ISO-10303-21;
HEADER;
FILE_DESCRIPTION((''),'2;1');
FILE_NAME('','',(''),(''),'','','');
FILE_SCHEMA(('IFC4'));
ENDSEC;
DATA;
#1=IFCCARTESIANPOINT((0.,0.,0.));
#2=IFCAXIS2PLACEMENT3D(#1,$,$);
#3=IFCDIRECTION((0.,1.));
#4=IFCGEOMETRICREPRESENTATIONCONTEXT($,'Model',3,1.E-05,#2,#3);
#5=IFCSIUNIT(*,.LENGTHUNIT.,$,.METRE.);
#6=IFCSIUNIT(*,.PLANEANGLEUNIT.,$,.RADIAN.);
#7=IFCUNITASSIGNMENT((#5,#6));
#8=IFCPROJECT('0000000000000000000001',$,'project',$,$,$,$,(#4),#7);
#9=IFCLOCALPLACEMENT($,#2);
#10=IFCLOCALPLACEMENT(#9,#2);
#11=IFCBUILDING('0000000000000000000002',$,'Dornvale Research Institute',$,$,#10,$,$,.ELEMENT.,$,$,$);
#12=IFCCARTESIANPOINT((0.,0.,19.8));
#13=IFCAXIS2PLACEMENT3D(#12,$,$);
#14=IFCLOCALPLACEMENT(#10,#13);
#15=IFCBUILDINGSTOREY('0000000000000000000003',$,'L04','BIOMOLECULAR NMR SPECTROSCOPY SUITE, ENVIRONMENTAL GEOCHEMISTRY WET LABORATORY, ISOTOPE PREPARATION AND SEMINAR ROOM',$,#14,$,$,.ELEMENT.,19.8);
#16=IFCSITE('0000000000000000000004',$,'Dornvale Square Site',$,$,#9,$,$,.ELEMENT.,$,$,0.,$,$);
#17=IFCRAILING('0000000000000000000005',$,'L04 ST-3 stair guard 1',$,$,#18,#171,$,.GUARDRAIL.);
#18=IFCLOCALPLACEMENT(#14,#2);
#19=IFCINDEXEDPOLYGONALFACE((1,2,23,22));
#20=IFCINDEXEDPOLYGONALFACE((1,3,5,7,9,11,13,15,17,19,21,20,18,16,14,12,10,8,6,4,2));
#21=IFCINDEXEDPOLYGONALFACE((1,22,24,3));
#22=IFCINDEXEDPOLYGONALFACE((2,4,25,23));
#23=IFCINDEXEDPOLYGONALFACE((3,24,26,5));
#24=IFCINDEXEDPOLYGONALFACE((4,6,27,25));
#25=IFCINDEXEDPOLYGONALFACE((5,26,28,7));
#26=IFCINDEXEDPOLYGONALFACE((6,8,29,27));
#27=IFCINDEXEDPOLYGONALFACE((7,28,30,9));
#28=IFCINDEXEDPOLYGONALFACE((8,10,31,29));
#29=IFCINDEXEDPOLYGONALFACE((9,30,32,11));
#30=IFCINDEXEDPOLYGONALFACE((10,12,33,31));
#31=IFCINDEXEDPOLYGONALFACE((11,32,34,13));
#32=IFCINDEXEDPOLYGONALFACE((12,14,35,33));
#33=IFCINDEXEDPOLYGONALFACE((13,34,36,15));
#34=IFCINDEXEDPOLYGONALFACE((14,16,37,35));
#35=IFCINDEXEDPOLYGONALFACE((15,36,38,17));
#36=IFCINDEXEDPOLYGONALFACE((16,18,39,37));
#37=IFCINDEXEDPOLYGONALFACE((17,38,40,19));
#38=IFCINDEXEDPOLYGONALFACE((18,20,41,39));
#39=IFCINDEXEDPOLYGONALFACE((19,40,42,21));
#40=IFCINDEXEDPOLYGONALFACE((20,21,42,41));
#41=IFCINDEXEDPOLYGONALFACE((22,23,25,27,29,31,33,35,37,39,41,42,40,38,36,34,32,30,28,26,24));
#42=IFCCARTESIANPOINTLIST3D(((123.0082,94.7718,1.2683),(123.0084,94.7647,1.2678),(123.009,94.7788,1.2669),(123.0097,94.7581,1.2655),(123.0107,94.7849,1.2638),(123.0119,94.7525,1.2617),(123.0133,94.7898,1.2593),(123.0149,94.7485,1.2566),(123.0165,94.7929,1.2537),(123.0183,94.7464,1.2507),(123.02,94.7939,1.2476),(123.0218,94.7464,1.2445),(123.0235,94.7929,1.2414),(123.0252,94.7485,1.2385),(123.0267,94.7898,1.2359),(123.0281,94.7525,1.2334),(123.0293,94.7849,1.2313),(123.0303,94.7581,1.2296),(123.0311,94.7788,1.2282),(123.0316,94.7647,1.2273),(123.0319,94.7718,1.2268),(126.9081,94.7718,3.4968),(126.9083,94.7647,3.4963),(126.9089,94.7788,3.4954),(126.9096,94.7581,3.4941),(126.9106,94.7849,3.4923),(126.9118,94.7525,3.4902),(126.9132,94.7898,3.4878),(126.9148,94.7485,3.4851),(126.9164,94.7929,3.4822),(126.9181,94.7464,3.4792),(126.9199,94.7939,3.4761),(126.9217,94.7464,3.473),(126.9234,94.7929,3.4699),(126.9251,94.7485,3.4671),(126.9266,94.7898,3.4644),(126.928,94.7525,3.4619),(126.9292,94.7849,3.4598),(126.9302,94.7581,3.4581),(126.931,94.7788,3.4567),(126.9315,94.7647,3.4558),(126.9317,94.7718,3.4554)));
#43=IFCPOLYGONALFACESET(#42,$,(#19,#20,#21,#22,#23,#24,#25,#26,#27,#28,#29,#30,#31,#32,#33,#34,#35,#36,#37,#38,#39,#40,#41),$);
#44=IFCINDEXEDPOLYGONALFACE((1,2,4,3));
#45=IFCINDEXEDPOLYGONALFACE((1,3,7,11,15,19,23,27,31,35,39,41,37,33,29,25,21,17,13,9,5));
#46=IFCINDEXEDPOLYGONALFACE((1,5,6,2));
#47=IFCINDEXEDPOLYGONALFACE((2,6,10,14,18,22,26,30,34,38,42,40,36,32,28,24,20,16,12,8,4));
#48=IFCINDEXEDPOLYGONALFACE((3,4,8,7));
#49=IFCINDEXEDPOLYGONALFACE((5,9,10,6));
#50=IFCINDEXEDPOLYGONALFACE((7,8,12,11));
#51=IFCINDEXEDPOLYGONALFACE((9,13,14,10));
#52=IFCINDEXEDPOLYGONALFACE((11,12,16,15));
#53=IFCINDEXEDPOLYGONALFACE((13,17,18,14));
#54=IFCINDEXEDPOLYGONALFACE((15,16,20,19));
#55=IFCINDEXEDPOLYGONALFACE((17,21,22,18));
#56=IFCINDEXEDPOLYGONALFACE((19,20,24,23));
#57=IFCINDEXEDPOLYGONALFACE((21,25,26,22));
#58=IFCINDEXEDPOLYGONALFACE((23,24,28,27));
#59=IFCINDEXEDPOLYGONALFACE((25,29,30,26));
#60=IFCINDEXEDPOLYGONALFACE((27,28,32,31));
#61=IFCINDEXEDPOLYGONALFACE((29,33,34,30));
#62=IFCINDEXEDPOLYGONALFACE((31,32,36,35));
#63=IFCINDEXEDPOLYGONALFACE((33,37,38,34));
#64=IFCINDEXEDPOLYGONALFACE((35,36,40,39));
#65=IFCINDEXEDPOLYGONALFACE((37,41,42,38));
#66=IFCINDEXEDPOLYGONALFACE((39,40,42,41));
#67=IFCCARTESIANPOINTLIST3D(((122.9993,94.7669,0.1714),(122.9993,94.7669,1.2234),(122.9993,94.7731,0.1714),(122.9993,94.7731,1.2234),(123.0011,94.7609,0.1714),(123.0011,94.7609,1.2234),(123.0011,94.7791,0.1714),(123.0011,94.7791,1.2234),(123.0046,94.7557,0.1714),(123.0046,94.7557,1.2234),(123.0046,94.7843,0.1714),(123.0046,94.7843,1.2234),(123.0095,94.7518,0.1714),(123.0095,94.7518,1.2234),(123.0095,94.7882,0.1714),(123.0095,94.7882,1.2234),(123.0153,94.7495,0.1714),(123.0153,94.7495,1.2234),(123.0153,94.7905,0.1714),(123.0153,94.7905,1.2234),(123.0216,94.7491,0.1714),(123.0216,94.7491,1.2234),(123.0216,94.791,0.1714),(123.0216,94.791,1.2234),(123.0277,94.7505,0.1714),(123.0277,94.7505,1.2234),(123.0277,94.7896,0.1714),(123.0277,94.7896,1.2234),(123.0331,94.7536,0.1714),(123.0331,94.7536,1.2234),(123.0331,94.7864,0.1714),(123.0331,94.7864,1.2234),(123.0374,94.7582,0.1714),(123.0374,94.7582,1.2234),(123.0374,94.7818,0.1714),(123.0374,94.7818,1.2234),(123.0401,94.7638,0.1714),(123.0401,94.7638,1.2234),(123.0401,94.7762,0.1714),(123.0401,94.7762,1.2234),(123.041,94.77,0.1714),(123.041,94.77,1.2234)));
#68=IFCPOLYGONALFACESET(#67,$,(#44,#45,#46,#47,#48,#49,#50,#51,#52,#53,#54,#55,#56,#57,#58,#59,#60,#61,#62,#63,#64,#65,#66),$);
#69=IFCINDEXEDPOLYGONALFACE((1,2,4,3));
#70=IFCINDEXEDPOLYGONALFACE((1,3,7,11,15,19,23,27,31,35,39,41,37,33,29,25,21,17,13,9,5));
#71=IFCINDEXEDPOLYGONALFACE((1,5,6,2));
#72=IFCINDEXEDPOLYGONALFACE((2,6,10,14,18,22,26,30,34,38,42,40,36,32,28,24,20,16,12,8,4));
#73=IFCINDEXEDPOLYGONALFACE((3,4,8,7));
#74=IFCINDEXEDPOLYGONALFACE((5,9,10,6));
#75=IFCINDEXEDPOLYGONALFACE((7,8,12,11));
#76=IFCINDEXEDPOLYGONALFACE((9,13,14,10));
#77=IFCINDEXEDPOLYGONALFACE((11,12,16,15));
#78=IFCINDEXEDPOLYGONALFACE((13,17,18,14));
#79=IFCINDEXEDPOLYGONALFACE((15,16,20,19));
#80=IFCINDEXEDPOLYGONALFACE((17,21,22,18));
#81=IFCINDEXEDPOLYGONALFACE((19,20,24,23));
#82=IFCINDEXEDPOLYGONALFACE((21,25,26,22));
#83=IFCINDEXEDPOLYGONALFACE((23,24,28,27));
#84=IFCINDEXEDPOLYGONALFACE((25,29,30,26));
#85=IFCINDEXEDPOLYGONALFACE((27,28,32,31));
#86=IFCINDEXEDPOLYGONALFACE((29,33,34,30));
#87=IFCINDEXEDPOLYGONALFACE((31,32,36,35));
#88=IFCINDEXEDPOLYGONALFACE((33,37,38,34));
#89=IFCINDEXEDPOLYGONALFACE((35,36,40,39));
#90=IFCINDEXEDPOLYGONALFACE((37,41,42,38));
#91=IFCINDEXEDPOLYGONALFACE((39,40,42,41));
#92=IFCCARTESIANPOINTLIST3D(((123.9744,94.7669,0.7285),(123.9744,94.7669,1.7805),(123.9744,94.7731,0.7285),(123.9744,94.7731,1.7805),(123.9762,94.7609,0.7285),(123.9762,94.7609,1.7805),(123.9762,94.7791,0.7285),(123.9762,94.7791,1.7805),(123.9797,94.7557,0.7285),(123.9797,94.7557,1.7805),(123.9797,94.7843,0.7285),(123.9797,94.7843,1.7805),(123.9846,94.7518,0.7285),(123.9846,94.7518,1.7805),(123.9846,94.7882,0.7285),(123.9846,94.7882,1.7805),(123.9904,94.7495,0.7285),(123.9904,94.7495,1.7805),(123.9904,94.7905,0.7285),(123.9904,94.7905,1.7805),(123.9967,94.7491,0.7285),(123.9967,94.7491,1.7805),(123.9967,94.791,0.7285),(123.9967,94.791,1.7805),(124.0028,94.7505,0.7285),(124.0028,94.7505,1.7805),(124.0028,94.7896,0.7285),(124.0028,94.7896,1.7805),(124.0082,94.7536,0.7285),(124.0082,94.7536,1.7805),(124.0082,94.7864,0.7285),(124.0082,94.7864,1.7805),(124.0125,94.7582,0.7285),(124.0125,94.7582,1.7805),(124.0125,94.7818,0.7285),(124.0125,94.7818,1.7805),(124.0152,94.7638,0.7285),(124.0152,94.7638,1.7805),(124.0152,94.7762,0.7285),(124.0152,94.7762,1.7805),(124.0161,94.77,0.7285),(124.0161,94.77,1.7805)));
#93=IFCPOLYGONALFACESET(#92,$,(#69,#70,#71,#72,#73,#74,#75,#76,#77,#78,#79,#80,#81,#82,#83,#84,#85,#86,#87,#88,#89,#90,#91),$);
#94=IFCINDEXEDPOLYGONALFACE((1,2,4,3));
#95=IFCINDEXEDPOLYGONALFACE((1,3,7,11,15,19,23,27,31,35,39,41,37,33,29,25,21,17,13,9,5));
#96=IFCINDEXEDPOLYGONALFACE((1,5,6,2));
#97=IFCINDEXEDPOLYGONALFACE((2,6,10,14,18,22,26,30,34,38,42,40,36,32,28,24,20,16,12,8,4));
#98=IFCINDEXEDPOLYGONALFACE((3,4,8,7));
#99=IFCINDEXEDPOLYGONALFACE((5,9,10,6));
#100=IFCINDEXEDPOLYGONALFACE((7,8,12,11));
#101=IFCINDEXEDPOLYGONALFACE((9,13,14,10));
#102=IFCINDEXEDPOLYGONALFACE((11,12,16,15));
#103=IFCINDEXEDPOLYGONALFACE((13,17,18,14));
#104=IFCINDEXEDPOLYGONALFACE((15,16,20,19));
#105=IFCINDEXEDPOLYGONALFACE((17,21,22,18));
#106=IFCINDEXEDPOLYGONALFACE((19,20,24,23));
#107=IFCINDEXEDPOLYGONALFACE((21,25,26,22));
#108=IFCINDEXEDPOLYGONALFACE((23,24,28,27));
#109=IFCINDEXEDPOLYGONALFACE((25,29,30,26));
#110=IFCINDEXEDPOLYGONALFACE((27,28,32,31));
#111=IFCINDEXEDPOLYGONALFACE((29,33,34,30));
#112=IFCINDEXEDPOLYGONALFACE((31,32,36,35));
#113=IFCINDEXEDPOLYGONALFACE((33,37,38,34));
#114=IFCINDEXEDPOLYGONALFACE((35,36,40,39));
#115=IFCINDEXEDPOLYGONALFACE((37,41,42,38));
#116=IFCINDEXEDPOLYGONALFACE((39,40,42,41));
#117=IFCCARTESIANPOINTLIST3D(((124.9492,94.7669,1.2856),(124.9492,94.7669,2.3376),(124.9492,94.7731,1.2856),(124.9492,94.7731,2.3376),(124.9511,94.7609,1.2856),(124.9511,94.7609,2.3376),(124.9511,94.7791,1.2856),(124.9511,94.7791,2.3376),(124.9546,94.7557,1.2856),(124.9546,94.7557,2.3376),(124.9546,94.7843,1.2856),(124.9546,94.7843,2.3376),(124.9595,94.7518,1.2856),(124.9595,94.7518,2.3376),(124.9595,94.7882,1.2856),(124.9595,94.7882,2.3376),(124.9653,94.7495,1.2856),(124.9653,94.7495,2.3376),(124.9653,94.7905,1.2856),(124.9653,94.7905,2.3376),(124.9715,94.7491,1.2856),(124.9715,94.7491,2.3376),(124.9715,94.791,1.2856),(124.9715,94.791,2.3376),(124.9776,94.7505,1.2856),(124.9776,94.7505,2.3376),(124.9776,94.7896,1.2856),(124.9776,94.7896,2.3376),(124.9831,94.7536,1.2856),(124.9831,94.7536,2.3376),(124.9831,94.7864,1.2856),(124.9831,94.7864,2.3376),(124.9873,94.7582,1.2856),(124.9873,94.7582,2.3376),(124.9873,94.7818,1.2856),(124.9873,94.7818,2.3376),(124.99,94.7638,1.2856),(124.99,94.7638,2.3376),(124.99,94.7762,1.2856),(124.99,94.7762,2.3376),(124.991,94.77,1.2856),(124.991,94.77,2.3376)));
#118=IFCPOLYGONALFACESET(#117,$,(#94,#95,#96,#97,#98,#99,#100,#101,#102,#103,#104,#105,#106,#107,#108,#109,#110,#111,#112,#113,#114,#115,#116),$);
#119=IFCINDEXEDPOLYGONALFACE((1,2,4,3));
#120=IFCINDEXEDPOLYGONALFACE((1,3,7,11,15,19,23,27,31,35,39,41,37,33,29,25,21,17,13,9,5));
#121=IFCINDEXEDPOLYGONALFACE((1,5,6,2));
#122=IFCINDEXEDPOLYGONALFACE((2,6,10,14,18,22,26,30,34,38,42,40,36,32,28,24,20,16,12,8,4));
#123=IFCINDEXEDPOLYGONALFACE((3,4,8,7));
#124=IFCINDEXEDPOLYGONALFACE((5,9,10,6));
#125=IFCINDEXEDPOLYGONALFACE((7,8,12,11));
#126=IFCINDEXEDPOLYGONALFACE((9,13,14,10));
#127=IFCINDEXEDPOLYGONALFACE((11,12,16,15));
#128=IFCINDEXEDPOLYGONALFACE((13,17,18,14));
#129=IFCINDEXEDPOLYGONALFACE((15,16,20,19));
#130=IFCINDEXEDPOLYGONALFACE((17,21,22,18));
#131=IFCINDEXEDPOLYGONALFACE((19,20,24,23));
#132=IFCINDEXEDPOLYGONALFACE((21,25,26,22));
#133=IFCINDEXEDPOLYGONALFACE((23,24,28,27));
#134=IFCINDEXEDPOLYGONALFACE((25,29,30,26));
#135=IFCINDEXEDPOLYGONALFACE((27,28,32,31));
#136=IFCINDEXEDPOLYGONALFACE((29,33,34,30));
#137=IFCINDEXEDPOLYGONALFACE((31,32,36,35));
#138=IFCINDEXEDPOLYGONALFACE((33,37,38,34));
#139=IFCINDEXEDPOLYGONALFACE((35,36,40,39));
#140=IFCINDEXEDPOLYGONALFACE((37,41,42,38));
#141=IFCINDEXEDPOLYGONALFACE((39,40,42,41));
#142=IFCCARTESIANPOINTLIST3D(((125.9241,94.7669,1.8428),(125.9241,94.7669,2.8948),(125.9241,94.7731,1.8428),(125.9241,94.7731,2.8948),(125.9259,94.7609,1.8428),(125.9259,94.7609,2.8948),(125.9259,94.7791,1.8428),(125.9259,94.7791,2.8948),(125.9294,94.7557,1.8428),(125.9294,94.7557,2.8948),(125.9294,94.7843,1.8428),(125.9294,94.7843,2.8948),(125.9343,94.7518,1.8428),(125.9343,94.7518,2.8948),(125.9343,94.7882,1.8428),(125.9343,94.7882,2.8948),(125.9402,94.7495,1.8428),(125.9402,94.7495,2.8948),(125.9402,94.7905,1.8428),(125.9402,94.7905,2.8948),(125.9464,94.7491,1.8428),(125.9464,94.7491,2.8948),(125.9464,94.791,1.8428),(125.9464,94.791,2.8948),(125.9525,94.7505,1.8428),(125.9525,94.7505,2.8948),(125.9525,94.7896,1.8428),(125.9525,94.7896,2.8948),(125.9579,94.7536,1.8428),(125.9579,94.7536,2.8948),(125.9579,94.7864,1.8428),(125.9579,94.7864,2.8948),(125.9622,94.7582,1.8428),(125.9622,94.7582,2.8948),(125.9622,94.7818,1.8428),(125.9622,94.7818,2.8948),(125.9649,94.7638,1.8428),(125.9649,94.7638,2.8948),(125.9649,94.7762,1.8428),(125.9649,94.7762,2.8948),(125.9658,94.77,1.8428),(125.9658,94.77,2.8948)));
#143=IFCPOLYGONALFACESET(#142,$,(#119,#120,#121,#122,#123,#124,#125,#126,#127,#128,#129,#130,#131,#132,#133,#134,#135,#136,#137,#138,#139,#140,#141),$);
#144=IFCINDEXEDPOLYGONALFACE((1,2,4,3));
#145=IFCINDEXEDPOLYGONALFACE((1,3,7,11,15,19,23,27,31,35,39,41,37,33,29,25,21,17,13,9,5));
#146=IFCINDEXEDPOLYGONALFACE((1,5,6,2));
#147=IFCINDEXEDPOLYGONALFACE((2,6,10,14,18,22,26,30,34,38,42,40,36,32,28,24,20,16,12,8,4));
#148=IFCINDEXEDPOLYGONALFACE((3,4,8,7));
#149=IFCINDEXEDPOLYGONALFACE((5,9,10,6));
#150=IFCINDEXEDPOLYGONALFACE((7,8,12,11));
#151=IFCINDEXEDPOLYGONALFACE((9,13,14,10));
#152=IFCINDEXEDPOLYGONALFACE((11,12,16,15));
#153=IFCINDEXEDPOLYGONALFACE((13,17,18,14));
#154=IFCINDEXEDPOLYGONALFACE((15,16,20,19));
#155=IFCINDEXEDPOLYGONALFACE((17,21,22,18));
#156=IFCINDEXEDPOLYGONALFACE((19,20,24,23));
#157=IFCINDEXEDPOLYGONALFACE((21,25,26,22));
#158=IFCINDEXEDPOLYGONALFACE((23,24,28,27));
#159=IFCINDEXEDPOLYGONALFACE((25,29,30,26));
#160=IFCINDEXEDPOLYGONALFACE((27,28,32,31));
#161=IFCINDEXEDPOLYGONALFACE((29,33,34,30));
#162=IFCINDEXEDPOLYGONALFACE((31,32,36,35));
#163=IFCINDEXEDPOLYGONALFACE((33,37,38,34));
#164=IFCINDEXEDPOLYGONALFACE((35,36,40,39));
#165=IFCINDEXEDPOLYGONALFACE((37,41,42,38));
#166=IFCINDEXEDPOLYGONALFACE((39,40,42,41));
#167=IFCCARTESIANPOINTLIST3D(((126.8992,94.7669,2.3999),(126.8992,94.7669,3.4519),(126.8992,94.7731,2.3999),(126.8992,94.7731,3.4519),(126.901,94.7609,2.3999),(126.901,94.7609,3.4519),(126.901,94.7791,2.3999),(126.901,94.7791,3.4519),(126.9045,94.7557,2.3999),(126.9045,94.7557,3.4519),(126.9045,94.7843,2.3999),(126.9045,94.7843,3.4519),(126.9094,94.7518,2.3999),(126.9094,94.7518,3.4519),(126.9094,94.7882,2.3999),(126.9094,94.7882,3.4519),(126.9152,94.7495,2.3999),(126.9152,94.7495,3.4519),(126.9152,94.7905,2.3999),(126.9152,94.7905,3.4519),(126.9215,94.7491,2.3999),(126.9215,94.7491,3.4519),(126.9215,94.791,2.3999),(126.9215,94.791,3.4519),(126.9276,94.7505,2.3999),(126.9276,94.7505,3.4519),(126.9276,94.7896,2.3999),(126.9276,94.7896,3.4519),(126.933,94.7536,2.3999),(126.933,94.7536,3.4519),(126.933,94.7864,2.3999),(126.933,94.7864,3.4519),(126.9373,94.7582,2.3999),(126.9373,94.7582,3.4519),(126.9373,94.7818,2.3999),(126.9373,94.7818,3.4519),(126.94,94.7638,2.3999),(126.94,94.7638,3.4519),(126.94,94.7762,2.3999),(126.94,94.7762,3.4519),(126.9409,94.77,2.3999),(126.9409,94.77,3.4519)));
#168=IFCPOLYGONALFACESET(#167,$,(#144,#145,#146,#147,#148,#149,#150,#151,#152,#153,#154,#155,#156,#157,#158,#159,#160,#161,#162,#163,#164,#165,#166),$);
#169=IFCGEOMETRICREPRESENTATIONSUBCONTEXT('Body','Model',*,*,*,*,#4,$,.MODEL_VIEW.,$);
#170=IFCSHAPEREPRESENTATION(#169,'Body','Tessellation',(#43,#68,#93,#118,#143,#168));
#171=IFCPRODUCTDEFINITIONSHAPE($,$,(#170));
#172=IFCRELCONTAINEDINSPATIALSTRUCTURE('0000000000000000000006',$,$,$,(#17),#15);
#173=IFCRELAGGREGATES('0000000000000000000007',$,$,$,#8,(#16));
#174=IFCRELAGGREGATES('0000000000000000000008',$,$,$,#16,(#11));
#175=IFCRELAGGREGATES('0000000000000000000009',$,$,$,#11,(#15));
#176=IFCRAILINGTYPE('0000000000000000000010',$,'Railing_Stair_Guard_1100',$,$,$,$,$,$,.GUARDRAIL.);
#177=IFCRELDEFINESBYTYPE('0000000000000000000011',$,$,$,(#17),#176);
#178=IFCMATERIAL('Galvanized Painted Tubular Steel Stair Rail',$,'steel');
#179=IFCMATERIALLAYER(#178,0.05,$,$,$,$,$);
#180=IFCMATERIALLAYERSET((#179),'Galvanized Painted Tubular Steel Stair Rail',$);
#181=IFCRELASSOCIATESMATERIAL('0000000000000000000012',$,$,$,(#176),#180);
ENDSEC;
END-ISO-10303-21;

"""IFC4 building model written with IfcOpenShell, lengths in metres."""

from ifc_helpers import new_model, si_unit, direction, frame, origin, origin_2d, place, context, subcontext, project, spatial, circle, extrude, material, layer, layer_set, type_object, element, save


model = new_model("IFC4")

# Units and contexts
model_context = context("Model", 3, precision=1e-05, world=origin(), true_north=direction((0.0, 1.0)))
body_context = subcontext(model_context, "Body", "Model", "MODEL_VIEW")
ifc_project = project(units=[si_unit("LENGTHUNIT", "METRE"), si_unit("PLANEANGLEUNIT", "RADIAN")], contexts=[model_context])

# Site, building, storey
site_placement = place(None, origin())
site = spatial("IfcSite", under=ifc_project, at=site_placement, Name="Dornvale Square Site", CompositionType="ELEMENT", RefElevation=0.0)
building_placement = place(site_placement, origin())
building = spatial("IfcBuilding", under=site, at=building_placement, Name="Dornvale Research Institute", CompositionType="ELEMENT")
storey_placement = place(building_placement, frame((0.0, 0.0, 19.8)))
storey = spatial("IfcBuildingStorey", under=building, at=storey_placement, Name="L04", Description="BIOMOLECULAR NMR SPECTROSCOPY SUITE, ENVIRONMENTAL GEOCHEMISTRY WET LABORATORY, ISOTOPE PREPARATION AND SEMINAR ROOM", CompositionType="ELEMENT", Elevation=19.8)

# Railing
ifc_material_1 = material(Name="Galvanized Painted Tubular Steel Stair Rail", Category="steel")
ifc_layer_1 = layer(ifc_material_1, 0.05)
ifc_layer_set_1 = layer_set([ifc_layer_1], Name="Galvanized Painted Tubular Steel Stair Rail")
railing_type_1 = type_object("IfcRailingType", Name="Railing_Stair_Guard_1100", PredefinedType="GUARDRAIL", material=ifc_layer_set_1)
railing_1_placement = place(storey_placement, frame((123.02, 94.77, 0.1714)))
element("IfcRailing", 1, at=railing_1_placement, inside=storey, type_object=railing_type_1, Name="L04 ST-3 stair guard 1", PredefinedType="GUARDRAIL", context=body_context, shape_type="SweptSolid", body=[
    extrude(circle(Radius=0.0239, at=origin_2d()), frame((0.0, 0.0, 1.0762), z_axis=(0.868243, 0.0, 0.496139), x_axis=(0.0, 1.0, 0.0)), (0.0, 0.0, 1.0), 4.4917),
    extrude(circle(Radius=0.021, at=origin_2d()), origin(), (0.0, 0.0, 1.0), 1.052),
    extrude(circle(Radius=0.021, at=origin_2d()), frame((0.9751, 0.0, 0.5571)), (0.0, 0.0, 1.0), 1.052),
    extrude(circle(Radius=0.021, at=origin_2d()), frame((1.95, 0.0, 1.1143)), (0.0, 0.0, 1.0), 1.052),
    extrude(circle(Radius=0.021, at=origin_2d()), frame((2.9248, 0.0, 1.6714)), (0.0, 0.0, 1.0), 1.052),
    extrude(circle(Radius=0.021, at=origin_2d()), frame((3.8999, 0.0, 2.2285)), (0.0, 0.0, 1.0), 1.052),
])

save(model, "model.ifc")
